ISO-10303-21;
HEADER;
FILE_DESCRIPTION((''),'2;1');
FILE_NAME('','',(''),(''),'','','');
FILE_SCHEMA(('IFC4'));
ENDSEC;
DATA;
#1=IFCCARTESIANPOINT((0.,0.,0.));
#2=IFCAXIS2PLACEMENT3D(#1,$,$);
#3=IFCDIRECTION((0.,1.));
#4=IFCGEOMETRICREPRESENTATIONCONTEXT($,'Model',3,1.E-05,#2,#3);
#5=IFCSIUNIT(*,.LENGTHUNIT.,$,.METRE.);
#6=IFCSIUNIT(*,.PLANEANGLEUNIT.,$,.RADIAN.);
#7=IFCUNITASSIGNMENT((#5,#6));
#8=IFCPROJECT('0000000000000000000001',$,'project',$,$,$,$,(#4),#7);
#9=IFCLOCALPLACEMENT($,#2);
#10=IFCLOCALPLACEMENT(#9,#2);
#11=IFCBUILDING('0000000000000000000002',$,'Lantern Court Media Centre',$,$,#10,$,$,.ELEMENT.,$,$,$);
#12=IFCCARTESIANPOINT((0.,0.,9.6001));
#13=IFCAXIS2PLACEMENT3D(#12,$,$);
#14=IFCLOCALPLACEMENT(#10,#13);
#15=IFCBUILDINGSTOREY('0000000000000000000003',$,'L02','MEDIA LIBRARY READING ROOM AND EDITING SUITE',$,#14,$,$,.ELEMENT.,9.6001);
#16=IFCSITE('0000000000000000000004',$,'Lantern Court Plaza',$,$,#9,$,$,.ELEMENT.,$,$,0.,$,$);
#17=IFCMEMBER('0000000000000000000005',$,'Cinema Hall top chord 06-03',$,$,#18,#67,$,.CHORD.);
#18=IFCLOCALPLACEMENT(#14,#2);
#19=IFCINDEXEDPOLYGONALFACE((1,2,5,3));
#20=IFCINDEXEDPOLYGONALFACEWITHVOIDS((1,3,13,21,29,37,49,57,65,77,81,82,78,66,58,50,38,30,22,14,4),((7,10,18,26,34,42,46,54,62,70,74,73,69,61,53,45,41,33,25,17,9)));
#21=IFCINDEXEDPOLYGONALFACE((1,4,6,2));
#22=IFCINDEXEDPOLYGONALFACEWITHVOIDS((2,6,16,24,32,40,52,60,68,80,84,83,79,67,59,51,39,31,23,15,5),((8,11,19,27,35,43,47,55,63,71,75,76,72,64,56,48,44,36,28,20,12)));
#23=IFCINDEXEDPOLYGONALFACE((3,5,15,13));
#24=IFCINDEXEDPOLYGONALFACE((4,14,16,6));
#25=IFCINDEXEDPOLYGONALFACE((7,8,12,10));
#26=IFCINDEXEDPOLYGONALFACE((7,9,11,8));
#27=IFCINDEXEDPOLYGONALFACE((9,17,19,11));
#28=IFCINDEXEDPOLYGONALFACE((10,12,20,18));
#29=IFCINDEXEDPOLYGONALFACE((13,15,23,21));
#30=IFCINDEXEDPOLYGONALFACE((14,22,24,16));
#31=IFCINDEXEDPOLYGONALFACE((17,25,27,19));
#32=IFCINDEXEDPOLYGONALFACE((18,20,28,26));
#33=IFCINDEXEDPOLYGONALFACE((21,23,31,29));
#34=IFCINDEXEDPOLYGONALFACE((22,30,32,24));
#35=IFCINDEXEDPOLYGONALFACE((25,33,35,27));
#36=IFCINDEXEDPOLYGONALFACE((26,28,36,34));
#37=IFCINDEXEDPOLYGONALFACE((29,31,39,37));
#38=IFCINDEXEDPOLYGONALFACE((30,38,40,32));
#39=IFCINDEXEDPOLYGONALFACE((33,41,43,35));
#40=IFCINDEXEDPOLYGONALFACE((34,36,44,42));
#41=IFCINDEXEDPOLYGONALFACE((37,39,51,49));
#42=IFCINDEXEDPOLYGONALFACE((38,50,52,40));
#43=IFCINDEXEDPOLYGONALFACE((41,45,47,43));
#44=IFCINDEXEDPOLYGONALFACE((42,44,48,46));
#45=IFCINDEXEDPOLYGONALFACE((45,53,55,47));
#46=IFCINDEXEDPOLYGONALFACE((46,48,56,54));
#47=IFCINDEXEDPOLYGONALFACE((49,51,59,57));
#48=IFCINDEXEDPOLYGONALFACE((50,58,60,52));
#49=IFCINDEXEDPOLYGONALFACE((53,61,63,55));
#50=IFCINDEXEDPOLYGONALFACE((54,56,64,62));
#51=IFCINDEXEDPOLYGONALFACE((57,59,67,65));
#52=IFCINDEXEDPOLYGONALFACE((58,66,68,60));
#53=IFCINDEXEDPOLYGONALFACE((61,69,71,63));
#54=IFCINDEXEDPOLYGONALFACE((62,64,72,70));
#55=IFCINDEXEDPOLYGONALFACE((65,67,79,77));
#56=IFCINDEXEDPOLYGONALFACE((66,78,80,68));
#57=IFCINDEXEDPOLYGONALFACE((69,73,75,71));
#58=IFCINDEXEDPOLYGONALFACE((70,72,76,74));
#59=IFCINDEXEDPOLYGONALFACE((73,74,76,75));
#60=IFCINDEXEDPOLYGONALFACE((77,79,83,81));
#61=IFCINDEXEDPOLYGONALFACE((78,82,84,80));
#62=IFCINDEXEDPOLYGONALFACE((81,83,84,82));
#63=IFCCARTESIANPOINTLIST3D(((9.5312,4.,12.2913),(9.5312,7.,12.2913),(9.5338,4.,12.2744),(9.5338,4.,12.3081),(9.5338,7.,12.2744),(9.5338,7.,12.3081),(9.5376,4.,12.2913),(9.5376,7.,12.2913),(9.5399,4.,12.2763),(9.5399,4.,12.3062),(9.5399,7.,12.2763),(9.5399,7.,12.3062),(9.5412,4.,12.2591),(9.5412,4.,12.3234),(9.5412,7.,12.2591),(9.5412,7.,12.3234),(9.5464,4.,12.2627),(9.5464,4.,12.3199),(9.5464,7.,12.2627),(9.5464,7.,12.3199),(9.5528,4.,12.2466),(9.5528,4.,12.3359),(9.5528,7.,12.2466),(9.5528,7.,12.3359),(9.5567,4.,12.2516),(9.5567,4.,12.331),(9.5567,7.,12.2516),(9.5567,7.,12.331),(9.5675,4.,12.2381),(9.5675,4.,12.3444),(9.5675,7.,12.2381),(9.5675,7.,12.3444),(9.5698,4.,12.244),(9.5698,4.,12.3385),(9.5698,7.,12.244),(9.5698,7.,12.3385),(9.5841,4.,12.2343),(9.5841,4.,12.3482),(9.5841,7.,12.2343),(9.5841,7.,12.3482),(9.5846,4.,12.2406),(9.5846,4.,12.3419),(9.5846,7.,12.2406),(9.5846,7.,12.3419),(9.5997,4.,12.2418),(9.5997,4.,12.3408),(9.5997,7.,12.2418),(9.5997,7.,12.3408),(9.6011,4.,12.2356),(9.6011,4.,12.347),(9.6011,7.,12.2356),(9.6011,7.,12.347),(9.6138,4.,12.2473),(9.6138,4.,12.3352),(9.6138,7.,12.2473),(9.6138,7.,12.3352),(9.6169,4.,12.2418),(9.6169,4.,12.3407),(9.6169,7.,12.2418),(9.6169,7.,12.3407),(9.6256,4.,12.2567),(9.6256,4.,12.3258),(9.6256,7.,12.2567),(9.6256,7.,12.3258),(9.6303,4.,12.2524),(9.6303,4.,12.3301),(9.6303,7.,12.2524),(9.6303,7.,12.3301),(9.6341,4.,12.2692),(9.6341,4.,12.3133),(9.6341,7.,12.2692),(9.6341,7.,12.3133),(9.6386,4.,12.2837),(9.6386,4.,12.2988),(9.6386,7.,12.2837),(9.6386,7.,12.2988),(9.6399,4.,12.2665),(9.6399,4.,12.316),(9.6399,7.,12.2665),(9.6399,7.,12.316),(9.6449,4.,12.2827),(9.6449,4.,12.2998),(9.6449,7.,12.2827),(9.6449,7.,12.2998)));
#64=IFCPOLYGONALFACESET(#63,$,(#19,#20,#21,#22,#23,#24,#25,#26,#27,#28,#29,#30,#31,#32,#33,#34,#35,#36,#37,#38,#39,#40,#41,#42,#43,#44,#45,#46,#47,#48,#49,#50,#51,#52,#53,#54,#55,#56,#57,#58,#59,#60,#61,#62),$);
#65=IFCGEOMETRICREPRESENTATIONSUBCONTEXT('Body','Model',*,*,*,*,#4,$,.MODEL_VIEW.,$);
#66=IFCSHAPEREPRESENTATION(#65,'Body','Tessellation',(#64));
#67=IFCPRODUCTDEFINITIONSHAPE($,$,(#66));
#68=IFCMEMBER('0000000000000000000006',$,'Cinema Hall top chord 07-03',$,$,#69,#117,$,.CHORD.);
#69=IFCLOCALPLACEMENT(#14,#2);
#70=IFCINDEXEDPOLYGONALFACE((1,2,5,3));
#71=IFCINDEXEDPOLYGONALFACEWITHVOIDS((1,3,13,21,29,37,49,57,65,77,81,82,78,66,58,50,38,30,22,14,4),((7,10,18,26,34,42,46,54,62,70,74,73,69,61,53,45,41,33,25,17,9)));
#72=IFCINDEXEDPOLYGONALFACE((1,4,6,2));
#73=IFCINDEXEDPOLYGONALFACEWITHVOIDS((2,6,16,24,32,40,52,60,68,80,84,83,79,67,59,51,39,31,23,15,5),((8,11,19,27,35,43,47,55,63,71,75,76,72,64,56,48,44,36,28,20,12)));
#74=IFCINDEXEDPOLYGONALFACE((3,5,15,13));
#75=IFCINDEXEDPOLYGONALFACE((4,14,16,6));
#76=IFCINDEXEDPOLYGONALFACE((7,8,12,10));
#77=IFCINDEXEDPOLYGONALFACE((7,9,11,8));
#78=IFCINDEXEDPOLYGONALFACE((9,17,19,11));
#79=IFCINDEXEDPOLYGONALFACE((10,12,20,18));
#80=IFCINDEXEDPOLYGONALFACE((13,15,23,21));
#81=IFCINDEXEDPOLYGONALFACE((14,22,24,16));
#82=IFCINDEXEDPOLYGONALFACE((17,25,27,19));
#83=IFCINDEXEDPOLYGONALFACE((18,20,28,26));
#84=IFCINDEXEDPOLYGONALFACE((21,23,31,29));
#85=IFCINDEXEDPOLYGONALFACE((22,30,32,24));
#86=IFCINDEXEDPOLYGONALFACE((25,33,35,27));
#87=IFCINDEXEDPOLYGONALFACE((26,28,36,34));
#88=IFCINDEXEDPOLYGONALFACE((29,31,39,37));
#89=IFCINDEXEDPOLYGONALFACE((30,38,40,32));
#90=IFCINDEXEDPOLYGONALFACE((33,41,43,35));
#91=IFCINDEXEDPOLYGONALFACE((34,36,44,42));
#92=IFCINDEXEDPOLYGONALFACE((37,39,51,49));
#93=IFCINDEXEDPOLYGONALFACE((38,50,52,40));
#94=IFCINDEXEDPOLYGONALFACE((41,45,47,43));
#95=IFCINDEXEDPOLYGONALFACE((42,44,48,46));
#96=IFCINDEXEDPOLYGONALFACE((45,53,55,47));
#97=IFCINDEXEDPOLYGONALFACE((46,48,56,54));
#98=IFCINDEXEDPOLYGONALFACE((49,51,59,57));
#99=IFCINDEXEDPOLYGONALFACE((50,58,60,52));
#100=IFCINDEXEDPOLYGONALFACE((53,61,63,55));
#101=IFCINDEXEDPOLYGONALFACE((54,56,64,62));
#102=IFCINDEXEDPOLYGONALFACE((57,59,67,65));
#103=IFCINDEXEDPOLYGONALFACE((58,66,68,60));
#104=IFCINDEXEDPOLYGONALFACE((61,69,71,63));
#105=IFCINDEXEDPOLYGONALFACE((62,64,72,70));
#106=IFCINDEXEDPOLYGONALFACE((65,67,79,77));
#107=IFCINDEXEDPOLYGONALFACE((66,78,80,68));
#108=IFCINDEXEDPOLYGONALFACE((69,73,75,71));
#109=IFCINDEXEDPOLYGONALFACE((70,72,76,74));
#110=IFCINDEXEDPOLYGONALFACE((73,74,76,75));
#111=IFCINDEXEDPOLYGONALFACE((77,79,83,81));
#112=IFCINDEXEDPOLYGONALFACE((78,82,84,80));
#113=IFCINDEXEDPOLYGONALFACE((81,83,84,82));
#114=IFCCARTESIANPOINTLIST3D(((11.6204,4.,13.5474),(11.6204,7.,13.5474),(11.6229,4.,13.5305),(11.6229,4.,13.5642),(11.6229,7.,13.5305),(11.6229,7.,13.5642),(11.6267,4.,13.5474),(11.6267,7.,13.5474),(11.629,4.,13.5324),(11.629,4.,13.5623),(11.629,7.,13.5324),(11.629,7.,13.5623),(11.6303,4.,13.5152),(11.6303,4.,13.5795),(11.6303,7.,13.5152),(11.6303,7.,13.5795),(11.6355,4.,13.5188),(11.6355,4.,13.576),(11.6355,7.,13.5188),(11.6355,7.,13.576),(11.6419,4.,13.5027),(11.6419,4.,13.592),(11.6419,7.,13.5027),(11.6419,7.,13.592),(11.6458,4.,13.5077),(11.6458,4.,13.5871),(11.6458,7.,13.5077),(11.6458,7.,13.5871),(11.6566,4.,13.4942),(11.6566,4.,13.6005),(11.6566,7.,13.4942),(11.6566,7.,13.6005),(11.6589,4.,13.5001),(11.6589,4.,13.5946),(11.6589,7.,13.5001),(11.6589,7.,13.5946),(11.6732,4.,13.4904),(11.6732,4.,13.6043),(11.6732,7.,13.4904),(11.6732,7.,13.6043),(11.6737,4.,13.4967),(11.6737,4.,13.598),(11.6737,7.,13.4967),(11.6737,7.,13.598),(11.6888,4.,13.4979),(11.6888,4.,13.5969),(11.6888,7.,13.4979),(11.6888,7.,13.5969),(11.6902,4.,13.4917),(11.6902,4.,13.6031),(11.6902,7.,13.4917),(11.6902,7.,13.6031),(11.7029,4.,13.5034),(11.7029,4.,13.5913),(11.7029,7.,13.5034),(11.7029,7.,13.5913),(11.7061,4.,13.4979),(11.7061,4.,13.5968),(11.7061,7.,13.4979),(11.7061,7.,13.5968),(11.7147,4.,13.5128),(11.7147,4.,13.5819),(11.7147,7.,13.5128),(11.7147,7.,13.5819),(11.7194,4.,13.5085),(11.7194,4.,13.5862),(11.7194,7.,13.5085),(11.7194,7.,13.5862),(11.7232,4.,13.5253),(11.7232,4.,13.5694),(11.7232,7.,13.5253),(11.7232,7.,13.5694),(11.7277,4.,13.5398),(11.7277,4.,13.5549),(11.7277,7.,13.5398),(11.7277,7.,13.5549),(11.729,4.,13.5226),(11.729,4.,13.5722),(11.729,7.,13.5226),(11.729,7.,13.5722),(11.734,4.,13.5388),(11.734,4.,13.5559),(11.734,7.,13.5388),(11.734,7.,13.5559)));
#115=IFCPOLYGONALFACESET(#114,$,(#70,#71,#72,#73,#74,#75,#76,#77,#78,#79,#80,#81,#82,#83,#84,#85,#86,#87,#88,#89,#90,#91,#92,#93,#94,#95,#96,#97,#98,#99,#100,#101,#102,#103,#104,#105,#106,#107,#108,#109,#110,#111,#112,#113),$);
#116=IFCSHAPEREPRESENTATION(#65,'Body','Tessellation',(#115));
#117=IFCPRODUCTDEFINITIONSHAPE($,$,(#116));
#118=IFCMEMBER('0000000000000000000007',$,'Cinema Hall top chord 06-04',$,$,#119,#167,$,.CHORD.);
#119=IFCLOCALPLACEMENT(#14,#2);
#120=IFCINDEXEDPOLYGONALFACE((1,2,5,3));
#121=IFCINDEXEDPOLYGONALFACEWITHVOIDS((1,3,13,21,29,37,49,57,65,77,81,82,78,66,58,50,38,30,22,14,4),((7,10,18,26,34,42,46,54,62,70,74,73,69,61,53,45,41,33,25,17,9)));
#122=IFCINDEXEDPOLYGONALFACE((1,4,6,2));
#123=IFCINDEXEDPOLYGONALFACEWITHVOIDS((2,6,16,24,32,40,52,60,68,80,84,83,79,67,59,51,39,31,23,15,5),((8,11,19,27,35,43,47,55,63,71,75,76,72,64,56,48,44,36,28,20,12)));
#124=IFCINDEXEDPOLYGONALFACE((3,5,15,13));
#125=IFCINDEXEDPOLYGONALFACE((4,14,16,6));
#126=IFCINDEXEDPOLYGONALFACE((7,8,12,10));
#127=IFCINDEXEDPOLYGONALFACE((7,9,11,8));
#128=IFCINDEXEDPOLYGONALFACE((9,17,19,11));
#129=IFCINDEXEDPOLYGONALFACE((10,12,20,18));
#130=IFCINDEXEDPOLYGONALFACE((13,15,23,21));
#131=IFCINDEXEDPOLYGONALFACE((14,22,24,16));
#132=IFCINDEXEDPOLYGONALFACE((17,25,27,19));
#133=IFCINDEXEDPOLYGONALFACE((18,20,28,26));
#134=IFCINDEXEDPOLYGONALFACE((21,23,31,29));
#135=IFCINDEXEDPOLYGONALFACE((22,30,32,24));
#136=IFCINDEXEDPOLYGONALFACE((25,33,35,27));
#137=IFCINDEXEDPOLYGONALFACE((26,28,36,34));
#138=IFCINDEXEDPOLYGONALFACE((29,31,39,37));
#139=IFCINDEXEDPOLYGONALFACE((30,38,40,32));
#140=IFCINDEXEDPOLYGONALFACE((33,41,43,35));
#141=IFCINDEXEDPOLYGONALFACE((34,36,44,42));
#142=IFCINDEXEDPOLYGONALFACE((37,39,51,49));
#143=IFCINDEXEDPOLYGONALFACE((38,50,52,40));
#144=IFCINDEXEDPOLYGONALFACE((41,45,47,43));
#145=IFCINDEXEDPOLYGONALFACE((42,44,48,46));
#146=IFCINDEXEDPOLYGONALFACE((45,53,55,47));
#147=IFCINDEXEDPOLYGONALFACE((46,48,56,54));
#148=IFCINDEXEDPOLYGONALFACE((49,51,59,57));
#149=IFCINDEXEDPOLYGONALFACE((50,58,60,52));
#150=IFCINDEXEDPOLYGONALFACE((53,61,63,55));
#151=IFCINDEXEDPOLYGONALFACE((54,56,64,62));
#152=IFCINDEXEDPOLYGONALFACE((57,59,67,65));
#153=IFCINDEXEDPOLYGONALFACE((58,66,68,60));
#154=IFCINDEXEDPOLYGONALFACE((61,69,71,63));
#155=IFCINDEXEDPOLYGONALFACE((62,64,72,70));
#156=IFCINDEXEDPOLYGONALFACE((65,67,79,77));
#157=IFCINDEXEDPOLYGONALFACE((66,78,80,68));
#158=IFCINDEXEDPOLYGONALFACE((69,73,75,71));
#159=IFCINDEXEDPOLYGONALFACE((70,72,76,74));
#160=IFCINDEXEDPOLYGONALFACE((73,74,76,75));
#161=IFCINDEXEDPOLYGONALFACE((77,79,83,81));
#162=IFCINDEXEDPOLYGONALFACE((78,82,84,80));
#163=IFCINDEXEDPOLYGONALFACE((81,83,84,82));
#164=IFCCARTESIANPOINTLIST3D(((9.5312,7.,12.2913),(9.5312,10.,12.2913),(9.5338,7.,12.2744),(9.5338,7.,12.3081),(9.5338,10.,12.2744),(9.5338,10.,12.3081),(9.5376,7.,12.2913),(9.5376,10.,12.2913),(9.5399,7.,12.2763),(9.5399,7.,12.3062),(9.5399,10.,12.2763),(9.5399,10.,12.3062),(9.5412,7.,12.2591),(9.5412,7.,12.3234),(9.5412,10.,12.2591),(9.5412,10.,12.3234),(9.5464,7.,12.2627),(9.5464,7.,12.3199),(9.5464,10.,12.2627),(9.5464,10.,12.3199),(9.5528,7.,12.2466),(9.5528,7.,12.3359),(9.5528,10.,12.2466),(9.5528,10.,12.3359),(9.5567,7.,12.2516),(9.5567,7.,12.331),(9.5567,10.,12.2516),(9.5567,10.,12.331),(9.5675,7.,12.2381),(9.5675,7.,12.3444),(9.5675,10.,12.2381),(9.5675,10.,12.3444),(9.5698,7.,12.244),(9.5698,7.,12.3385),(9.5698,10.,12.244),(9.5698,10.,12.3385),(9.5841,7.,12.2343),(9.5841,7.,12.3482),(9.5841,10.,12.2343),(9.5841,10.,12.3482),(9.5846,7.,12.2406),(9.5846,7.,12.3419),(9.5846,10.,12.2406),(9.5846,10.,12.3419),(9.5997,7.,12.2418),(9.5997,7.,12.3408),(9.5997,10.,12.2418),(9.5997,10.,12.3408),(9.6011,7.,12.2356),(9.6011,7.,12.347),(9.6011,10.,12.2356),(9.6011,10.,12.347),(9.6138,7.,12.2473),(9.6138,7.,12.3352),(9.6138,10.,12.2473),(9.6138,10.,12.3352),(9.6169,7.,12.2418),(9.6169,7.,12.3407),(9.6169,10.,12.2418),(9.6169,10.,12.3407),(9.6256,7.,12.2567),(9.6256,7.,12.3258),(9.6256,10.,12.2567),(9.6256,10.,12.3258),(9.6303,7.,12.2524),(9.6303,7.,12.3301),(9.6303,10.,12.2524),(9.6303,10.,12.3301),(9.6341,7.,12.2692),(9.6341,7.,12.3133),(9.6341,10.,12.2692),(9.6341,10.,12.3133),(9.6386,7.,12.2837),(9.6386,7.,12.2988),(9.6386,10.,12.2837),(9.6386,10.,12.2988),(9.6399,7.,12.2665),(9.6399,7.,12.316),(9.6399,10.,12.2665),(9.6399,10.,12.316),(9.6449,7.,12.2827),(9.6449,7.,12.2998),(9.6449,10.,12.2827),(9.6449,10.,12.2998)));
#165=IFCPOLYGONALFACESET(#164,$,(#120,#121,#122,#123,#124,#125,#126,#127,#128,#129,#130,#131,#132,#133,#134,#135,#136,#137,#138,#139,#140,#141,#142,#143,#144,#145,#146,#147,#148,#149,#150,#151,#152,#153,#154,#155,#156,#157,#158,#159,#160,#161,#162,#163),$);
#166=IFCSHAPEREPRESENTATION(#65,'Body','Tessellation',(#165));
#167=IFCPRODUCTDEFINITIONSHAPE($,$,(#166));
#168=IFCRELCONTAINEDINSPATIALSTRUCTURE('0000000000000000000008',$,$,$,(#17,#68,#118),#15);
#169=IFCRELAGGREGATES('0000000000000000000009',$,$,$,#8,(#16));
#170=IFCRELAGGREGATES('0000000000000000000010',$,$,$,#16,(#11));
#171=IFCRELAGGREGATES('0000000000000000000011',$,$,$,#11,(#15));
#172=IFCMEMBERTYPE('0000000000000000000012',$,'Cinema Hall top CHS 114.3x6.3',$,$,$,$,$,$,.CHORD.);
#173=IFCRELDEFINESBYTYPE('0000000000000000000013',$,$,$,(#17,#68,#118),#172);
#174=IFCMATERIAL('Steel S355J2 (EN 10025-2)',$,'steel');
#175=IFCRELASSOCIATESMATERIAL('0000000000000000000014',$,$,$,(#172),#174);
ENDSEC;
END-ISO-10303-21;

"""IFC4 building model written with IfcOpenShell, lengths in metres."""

from ifc_helpers import new_model, si_unit, direction, frame, origin, origin_2d, place, context, subcontext, project, spatial, hollow_circle, extrude, material, material_profile, profile_set, type_object, element, save


model = new_model("IFC4")

# Units and contexts
model_context = context("Model", 3, precision=1e-05, world=origin(), true_north=direction((0.0, 1.0)))
body_context = subcontext(model_context, "Body", "Model", "MODEL_VIEW")
ifc_project = project(units=[si_unit("LENGTHUNIT", "METRE"), si_unit("PLANEANGLEUNIT", "RADIAN")], contexts=[model_context])

# Site, building, storey
site_placement = place(None, origin())
site = spatial("IfcSite", under=ifc_project, at=site_placement, Name="Lantern Court Plaza", CompositionType="ELEMENT", RefElevation=0.0)
building_placement = place(site_placement, origin())
building = spatial("IfcBuilding", under=site, at=building_placement, Name="Lantern Court Media Centre", CompositionType="ELEMENT")
storey_placement = place(building_placement, frame((0.0, 0.0, 9.6001)))
storey = spatial("IfcBuildingStorey", under=building, at=storey_placement, Name="L02", Description="MEDIA LIBRARY READING ROOM AND EDITING SUITE", CompositionType="ELEMENT", Elevation=9.6001)

# Members
ifc_material = material(Name="Steel S355J2 (EN 10025-2)", Category="steel")
ifc_material_profile_1 = material_profile(ifc_material, hollow_circle(Radius=0.0571, WallThickness=0.0063, at=origin_2d()), Name="Cinema Hall top CHS 114.3x6.3")
ifc_profile_set_1 = profile_set([ifc_material_profile_1], Name="Steel S355J2 (EN 10025-2)")
member_type_1 = type_object("IfcMemberType", Name="Cinema Hall top CHS 114.3x6.3", PredefinedType="CHORD", material=ifc_profile_set_1)
for number, where, z_axis, x_axis, name in (
    (1, (9.5884, 4.0, 12.2913), (0.0, 1.0, 0.0), (-1.0, 0.0, 0.0), "Cinema Hall top chord 06-03"),
    (2, (11.6775, 4.0, 13.5474), (0.0, 1.0, 0.0), (-1.0, 0.0, 0.0), "Cinema Hall top chord 07-03"),
    (3, (9.5884, 7.0, 12.2913), (0.0, 1.0, 0.0), (-1.0, 0.0, 0.0), "Cinema Hall top chord 06-04"),
):
    element("IfcMember", number, at=place(storey_placement, frame(where, z_axis=z_axis, x_axis=x_axis)), inside=storey, type_object=member_type_1, Name=name, PredefinedType="CHORD", context=body_context, shape_type="SweptSolid", body=[
        extrude(hollow_circle(Radius=0.0571, WallThickness=0.0063, at=origin_2d()), origin(), (0.0, 0.0, 1.0), 3.0),
    ])

save(model, "model.ifc")
